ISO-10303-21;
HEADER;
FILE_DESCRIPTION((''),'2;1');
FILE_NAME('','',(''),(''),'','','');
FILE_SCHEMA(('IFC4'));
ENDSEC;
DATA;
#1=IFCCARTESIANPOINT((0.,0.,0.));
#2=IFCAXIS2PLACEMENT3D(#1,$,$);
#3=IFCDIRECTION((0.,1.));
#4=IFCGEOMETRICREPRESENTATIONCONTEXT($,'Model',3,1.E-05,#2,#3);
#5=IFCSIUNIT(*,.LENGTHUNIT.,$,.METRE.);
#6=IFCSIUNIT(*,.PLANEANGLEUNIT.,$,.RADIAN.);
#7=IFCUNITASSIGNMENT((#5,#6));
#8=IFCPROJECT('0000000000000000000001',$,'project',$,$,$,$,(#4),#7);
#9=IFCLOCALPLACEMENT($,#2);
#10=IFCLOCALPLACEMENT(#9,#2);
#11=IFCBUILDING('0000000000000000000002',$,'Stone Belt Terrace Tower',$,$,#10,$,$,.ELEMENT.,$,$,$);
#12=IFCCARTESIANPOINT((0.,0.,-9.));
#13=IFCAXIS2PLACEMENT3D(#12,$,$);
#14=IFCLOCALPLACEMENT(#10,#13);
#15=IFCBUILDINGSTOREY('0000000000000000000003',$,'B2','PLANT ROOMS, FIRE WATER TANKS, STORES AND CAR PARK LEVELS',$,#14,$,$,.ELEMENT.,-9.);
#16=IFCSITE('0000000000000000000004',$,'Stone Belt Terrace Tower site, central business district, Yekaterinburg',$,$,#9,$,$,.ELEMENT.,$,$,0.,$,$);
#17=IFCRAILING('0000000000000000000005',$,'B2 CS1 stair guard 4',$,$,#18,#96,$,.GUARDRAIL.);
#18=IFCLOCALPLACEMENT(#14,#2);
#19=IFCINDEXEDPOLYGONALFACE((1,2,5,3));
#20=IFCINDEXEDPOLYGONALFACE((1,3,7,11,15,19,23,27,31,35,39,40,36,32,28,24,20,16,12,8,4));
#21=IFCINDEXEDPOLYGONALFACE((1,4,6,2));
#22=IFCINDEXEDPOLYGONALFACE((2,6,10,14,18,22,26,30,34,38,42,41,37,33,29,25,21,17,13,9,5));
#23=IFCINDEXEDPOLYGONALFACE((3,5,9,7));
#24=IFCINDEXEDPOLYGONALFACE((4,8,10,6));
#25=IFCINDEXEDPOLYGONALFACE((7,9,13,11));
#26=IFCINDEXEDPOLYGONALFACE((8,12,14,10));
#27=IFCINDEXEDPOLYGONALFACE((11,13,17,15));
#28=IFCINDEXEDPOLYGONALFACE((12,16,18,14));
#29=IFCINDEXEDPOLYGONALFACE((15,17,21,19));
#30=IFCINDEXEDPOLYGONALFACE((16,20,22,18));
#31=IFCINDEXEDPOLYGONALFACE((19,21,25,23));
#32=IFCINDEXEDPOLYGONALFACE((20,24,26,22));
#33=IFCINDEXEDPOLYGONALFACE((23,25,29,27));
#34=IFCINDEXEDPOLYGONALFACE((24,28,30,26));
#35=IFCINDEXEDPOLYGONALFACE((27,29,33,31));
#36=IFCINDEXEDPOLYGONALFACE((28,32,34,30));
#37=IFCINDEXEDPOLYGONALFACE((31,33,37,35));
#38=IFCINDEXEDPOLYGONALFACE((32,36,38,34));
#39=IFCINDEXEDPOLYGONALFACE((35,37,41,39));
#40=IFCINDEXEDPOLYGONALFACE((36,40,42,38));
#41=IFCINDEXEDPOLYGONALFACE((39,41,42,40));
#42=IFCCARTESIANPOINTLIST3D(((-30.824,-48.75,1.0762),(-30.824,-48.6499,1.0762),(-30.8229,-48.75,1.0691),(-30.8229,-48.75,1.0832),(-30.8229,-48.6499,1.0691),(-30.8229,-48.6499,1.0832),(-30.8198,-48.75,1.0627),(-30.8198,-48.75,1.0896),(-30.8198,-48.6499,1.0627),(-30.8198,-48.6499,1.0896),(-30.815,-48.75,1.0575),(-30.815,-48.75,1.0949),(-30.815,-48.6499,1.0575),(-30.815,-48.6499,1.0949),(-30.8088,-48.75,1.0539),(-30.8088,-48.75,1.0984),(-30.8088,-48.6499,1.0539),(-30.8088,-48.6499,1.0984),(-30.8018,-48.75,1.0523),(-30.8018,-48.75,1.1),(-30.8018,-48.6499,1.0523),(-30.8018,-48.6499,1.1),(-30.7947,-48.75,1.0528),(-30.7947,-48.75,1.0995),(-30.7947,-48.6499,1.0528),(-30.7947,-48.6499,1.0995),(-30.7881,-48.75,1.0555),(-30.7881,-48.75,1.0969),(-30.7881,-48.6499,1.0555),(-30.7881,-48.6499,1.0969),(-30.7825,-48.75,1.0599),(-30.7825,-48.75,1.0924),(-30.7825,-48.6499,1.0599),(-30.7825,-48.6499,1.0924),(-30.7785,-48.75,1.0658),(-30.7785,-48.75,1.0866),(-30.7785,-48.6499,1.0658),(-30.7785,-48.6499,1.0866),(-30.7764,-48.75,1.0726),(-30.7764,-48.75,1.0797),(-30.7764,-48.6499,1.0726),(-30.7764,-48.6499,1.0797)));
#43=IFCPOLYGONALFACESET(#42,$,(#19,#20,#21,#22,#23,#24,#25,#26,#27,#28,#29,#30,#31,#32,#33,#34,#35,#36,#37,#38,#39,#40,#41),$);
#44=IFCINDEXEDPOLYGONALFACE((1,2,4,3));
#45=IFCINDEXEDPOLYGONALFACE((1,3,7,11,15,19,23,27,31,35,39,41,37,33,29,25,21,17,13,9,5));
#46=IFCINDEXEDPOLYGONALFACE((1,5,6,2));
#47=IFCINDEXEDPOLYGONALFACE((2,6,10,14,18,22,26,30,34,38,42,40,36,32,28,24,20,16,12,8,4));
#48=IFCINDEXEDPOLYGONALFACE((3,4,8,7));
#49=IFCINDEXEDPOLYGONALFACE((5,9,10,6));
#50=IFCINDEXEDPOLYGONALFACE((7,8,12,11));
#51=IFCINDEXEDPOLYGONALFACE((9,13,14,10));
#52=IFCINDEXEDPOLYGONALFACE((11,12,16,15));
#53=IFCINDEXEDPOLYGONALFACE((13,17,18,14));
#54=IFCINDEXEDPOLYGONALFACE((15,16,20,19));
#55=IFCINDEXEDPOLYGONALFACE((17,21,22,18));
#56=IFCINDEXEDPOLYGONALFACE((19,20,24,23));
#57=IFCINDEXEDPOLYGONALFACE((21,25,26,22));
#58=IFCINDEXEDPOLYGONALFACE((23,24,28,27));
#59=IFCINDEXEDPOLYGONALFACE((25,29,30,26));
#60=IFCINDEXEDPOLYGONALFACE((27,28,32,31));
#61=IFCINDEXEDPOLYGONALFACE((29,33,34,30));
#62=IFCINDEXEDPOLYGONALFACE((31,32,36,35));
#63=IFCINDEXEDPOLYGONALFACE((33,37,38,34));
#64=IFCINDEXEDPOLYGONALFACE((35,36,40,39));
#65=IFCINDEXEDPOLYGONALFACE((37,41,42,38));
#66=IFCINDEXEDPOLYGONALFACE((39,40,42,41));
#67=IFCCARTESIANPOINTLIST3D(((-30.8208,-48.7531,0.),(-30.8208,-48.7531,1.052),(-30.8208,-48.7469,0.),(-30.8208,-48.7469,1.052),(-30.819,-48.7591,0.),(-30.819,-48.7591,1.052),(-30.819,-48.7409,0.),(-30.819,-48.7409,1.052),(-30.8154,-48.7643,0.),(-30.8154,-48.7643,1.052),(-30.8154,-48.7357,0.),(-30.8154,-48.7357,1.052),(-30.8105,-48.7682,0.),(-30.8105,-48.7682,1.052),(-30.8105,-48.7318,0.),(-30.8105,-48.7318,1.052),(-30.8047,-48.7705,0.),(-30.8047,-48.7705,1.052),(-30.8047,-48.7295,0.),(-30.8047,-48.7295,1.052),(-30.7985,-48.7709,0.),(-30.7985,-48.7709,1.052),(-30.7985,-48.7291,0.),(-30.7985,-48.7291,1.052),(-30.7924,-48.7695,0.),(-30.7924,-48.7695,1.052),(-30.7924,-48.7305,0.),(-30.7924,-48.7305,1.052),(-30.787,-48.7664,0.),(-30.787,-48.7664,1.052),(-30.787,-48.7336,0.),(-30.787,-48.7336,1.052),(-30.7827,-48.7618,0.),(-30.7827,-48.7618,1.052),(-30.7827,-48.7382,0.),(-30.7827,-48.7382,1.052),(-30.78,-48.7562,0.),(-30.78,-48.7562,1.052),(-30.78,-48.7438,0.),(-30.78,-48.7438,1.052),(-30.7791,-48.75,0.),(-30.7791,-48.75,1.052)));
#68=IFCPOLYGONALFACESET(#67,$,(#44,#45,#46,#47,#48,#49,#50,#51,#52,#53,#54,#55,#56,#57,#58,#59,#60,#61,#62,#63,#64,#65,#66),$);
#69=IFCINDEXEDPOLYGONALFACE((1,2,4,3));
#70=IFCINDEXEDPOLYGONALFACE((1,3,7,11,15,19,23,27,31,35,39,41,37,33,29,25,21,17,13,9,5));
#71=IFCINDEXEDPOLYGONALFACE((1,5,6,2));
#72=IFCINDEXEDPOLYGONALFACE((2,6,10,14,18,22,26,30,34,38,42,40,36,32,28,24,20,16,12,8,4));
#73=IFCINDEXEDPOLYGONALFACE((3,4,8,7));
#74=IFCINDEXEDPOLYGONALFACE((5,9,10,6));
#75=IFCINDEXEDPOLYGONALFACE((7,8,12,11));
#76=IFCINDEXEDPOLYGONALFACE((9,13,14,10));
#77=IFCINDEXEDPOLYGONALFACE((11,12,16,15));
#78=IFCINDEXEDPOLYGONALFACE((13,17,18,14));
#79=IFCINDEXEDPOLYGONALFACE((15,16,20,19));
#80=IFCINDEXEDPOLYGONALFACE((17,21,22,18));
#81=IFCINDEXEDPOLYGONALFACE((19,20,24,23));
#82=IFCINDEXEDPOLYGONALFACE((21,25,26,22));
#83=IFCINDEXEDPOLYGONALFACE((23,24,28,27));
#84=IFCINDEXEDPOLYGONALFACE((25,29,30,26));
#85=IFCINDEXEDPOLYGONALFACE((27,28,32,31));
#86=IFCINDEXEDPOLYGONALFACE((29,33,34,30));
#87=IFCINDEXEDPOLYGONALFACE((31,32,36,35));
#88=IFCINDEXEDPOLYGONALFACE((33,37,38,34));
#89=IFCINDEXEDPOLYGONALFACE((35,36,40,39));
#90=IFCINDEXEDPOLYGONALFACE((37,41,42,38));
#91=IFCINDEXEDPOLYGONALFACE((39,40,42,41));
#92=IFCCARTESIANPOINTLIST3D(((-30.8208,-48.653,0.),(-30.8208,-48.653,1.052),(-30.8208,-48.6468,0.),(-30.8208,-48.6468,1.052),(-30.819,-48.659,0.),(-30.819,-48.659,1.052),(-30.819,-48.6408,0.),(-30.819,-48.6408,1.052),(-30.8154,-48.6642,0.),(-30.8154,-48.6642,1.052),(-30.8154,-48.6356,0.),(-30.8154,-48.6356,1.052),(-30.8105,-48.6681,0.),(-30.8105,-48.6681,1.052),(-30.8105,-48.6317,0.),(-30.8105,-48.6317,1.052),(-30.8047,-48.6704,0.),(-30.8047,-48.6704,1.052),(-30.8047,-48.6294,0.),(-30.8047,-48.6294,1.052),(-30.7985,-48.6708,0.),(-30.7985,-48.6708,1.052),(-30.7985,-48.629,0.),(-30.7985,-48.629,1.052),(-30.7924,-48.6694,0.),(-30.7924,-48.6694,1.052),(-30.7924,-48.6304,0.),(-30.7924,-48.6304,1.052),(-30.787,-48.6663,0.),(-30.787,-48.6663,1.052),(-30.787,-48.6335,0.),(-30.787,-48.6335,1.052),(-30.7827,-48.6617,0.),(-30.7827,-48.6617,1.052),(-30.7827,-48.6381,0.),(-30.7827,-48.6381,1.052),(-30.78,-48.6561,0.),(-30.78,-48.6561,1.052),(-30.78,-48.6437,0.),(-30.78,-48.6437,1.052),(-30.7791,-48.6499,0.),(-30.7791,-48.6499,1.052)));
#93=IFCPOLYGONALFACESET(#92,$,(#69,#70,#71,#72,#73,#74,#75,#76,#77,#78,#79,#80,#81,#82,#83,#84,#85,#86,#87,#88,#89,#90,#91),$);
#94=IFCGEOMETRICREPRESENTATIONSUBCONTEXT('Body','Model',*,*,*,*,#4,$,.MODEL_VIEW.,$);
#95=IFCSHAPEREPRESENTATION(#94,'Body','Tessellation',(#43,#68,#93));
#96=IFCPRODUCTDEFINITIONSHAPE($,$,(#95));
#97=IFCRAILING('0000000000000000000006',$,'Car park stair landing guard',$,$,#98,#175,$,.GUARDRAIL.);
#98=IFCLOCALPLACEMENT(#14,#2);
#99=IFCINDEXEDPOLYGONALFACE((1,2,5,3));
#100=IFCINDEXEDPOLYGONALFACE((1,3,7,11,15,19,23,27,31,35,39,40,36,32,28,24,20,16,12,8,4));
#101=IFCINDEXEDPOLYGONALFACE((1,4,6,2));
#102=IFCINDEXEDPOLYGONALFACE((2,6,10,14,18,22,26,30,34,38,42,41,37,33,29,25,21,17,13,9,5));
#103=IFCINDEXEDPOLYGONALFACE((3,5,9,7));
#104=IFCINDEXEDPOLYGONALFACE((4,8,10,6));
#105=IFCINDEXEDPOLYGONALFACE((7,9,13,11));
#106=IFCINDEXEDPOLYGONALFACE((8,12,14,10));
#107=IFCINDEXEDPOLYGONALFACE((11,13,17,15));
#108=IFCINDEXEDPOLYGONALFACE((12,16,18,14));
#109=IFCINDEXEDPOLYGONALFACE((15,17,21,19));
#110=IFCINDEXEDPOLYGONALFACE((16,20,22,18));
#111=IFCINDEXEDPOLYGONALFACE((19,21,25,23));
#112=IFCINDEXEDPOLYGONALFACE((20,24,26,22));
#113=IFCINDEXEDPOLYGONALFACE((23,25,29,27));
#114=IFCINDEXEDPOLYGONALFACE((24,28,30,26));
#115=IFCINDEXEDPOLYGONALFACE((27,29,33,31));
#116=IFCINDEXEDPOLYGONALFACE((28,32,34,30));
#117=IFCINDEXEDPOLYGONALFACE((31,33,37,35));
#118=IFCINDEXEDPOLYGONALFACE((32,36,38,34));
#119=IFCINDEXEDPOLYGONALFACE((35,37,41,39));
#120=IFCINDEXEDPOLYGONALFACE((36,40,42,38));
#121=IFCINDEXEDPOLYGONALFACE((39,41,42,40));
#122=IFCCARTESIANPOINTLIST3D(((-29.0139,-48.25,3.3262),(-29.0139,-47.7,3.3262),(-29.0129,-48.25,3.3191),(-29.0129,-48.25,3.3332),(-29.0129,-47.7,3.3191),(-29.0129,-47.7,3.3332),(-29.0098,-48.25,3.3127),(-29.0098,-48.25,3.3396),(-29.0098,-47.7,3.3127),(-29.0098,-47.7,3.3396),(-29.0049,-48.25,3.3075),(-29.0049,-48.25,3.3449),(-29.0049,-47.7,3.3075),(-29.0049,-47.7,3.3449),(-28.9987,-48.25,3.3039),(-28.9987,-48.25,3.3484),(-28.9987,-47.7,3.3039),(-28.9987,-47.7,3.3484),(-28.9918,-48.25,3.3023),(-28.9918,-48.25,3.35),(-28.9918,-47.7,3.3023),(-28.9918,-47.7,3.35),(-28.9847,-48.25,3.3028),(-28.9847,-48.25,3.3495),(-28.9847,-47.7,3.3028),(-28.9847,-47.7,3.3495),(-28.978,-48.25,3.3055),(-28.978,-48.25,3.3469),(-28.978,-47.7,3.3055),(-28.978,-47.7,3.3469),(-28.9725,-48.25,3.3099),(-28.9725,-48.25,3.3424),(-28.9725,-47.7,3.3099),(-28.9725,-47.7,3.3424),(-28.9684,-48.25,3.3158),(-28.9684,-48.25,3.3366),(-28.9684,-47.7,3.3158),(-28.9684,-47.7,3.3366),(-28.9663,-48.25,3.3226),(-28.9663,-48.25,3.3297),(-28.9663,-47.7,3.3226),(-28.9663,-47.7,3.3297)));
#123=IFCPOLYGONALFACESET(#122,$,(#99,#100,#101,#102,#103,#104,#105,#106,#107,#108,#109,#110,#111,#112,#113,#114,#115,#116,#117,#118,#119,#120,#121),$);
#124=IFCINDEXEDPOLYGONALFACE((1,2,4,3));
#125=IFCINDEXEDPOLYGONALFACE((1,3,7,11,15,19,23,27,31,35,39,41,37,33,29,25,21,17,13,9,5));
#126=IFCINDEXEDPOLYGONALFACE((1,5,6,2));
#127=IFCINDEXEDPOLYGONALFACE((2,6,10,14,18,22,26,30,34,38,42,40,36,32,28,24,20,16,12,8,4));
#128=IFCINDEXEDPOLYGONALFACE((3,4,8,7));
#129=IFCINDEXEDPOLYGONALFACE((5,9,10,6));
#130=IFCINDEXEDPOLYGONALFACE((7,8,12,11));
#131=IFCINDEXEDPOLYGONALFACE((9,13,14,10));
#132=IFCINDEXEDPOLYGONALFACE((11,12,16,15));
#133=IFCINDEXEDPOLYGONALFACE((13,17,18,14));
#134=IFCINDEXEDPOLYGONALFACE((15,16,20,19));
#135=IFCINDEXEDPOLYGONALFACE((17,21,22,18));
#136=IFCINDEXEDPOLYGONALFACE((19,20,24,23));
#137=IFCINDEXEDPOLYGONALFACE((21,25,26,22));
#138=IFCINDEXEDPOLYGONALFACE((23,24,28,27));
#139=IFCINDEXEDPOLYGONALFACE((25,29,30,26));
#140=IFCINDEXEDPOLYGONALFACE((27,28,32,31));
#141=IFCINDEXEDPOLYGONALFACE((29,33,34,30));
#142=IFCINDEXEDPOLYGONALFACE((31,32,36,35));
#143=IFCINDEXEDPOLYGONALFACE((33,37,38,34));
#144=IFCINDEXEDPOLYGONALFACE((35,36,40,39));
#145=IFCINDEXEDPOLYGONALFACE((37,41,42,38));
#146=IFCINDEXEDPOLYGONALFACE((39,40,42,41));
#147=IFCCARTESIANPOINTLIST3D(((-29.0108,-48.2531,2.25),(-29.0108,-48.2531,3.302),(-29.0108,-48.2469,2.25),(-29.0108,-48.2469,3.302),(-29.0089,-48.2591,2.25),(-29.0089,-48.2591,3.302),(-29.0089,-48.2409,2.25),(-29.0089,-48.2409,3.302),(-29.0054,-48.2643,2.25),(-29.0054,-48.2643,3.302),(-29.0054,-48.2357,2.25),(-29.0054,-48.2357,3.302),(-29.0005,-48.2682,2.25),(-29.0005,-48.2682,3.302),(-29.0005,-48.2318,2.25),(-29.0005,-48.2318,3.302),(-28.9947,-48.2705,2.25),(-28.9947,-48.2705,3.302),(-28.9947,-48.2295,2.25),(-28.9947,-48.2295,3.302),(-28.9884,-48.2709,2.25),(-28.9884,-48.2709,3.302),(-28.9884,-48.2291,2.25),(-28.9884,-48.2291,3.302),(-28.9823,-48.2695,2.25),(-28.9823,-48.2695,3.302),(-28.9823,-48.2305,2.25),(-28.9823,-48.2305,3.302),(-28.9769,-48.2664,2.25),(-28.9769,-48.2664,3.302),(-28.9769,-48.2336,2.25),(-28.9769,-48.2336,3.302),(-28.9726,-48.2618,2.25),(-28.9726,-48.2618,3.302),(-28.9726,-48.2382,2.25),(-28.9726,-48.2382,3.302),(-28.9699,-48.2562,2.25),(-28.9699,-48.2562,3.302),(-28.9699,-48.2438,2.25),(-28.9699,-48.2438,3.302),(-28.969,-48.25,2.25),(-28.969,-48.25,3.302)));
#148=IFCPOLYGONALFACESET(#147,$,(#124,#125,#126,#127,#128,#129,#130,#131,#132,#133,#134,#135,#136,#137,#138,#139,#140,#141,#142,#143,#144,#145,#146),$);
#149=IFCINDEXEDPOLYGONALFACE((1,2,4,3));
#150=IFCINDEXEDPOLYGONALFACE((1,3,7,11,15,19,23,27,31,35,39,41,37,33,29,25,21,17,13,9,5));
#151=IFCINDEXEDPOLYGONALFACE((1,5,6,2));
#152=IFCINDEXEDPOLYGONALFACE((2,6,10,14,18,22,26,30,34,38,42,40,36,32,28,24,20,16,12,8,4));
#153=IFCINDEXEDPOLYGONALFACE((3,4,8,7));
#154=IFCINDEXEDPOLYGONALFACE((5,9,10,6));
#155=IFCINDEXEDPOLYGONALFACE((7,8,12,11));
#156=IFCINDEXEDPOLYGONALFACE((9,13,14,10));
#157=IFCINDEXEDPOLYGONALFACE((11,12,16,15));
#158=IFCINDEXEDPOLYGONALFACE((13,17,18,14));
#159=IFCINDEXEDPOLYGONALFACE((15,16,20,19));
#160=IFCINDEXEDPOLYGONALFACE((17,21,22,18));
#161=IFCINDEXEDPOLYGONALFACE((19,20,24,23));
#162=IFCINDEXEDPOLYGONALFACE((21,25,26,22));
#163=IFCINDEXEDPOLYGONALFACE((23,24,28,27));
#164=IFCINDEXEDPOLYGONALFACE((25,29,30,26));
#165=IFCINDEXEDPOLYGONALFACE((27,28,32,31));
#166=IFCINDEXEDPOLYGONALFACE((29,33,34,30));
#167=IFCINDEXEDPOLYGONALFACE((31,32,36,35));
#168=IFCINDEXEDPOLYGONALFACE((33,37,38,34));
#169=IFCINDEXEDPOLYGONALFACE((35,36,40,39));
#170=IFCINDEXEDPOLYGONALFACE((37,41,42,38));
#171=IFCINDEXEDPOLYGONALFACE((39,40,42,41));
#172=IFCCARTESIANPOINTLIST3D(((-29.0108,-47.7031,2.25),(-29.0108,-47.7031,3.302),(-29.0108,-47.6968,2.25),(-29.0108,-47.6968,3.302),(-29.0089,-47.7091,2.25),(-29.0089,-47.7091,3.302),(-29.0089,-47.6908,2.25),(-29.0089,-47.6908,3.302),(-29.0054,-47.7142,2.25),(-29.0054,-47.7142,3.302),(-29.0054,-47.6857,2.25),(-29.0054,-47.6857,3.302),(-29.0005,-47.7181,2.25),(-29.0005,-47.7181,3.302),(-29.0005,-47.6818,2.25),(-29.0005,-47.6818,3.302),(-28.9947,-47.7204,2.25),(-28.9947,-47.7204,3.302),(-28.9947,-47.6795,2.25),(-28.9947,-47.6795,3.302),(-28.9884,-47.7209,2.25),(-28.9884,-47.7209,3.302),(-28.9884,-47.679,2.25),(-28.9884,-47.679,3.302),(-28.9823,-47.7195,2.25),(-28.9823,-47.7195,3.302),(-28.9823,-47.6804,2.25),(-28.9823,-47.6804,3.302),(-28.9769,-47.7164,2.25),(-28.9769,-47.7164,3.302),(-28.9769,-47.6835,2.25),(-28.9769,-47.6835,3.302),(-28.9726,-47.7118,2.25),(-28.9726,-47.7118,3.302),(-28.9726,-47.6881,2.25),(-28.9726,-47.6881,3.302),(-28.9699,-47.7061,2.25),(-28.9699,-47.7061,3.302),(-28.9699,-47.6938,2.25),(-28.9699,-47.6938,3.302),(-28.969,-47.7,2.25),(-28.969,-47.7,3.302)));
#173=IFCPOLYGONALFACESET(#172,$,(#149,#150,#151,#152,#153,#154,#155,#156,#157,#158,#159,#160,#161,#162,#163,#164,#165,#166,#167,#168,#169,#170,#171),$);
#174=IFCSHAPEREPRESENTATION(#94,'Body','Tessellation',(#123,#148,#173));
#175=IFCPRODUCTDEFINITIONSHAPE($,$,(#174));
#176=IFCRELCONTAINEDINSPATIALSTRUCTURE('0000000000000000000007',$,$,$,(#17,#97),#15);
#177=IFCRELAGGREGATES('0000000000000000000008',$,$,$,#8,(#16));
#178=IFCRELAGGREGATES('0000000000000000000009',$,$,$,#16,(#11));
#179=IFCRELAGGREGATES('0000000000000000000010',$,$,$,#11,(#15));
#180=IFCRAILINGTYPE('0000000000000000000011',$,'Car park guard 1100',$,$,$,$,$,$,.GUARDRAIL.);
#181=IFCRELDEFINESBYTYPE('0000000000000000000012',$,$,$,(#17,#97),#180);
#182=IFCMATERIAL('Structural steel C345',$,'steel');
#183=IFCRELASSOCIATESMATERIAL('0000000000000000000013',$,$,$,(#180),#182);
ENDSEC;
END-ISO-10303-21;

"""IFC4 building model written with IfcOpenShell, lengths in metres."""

from ifc_helpers import new_model, si_unit, direction, frame, origin, origin_2d, place, context, subcontext, project, spatial, circle, extrude, material, type_object, element, save


model = new_model("IFC4")

# Units and contexts
model_context = context("Model", 3, precision=1e-05, world=origin(), true_north=direction((0.0, 1.0)))
body_context = subcontext(model_context, "Body", "Model", "MODEL_VIEW")
ifc_project = project(units=[si_unit("LENGTHUNIT", "METRE"), si_unit("PLANEANGLEUNIT", "RADIAN")], contexts=[model_context])

# Site, building, storey
site_placement = place(None, origin())
site = spatial("IfcSite", under=ifc_project, at=site_placement, Name="Stone Belt Terrace Tower site, central business district, Yekaterinburg", CompositionType="ELEMENT", RefElevation=0.0)
building_placement = place(site_placement, origin())
building = spatial("IfcBuilding", under=site, at=building_placement, Name="Stone Belt Terrace Tower", CompositionType="ELEMENT")
storey_placement = place(building_placement, frame((0.0, 0.0, -9.0)))
storey = spatial("IfcBuildingStorey", under=building, at=storey_placement, Name="B2", Description="PLANT ROOMS, FIRE WATER TANKS, STORES AND CAR PARK LEVELS", CompositionType="ELEMENT", Elevation=-9.0)

# Railings
ifc_material_1 = material(Name="Structural steel C345", Category="steel")
railing_type_1 = type_object("IfcRailingType", Name="Car park guard 1100", PredefinedType="GUARDRAIL", material=ifc_material_1)
railing_1_placement = place(storey_placement, frame((-30.8, -48.75, 0.0)))
element("IfcRailing", 1, at=railing_1_placement, inside=storey, type_object=railing_type_1, Name="B2 CS1 stair guard 4", PredefinedType="GUARDRAIL", context=body_context, shape_type="SweptSolid", body=[
    extrude(circle(Radius=0.0239, at=origin_2d()), frame((0.0, 0.0, 1.0762), z_axis=(0.0, 1.0, 0.0), x_axis=(-1.0, 0.0, 0.0)), (0.0, 0.0, 1.0), 0.1001),
    extrude(circle(Radius=0.021, at=origin_2d()), origin(), (0.0, 0.0, 1.0), 1.052),
    extrude(circle(Radius=0.021, at=origin_2d()), frame((0.0, 0.1001, 0.0)), (0.0, 0.0, 1.0), 1.052),
])
railing_2_placement = place(storey_placement, frame((-28.99, -48.25, 2.25)))
element("IfcRailing", 2, at=railing_2_placement, inside=storey, type_object=railing_type_1, Name="Car park stair landing guard", PredefinedType="GUARDRAIL", context=body_context, shape_type="SweptSolid", body=[
    extrude(circle(Radius=0.0239, at=origin_2d()), frame((0.0, 0.0, 1.0762), z_axis=(0.0, 1.0, 0.0), x_axis=(-1.0, 0.0, 0.0)), (0.0, 0.0, 1.0), 0.55),
    extrude(circle(Radius=0.021, at=origin_2d()), origin(), (0.0, 0.0, 1.0), 1.052),
    extrude(circle(Radius=0.021, at=origin_2d()), frame((0.0, 0.55, 0.0)), (0.0, 0.0, 1.0), 1.052),
])

save(model, "model.ifc")
